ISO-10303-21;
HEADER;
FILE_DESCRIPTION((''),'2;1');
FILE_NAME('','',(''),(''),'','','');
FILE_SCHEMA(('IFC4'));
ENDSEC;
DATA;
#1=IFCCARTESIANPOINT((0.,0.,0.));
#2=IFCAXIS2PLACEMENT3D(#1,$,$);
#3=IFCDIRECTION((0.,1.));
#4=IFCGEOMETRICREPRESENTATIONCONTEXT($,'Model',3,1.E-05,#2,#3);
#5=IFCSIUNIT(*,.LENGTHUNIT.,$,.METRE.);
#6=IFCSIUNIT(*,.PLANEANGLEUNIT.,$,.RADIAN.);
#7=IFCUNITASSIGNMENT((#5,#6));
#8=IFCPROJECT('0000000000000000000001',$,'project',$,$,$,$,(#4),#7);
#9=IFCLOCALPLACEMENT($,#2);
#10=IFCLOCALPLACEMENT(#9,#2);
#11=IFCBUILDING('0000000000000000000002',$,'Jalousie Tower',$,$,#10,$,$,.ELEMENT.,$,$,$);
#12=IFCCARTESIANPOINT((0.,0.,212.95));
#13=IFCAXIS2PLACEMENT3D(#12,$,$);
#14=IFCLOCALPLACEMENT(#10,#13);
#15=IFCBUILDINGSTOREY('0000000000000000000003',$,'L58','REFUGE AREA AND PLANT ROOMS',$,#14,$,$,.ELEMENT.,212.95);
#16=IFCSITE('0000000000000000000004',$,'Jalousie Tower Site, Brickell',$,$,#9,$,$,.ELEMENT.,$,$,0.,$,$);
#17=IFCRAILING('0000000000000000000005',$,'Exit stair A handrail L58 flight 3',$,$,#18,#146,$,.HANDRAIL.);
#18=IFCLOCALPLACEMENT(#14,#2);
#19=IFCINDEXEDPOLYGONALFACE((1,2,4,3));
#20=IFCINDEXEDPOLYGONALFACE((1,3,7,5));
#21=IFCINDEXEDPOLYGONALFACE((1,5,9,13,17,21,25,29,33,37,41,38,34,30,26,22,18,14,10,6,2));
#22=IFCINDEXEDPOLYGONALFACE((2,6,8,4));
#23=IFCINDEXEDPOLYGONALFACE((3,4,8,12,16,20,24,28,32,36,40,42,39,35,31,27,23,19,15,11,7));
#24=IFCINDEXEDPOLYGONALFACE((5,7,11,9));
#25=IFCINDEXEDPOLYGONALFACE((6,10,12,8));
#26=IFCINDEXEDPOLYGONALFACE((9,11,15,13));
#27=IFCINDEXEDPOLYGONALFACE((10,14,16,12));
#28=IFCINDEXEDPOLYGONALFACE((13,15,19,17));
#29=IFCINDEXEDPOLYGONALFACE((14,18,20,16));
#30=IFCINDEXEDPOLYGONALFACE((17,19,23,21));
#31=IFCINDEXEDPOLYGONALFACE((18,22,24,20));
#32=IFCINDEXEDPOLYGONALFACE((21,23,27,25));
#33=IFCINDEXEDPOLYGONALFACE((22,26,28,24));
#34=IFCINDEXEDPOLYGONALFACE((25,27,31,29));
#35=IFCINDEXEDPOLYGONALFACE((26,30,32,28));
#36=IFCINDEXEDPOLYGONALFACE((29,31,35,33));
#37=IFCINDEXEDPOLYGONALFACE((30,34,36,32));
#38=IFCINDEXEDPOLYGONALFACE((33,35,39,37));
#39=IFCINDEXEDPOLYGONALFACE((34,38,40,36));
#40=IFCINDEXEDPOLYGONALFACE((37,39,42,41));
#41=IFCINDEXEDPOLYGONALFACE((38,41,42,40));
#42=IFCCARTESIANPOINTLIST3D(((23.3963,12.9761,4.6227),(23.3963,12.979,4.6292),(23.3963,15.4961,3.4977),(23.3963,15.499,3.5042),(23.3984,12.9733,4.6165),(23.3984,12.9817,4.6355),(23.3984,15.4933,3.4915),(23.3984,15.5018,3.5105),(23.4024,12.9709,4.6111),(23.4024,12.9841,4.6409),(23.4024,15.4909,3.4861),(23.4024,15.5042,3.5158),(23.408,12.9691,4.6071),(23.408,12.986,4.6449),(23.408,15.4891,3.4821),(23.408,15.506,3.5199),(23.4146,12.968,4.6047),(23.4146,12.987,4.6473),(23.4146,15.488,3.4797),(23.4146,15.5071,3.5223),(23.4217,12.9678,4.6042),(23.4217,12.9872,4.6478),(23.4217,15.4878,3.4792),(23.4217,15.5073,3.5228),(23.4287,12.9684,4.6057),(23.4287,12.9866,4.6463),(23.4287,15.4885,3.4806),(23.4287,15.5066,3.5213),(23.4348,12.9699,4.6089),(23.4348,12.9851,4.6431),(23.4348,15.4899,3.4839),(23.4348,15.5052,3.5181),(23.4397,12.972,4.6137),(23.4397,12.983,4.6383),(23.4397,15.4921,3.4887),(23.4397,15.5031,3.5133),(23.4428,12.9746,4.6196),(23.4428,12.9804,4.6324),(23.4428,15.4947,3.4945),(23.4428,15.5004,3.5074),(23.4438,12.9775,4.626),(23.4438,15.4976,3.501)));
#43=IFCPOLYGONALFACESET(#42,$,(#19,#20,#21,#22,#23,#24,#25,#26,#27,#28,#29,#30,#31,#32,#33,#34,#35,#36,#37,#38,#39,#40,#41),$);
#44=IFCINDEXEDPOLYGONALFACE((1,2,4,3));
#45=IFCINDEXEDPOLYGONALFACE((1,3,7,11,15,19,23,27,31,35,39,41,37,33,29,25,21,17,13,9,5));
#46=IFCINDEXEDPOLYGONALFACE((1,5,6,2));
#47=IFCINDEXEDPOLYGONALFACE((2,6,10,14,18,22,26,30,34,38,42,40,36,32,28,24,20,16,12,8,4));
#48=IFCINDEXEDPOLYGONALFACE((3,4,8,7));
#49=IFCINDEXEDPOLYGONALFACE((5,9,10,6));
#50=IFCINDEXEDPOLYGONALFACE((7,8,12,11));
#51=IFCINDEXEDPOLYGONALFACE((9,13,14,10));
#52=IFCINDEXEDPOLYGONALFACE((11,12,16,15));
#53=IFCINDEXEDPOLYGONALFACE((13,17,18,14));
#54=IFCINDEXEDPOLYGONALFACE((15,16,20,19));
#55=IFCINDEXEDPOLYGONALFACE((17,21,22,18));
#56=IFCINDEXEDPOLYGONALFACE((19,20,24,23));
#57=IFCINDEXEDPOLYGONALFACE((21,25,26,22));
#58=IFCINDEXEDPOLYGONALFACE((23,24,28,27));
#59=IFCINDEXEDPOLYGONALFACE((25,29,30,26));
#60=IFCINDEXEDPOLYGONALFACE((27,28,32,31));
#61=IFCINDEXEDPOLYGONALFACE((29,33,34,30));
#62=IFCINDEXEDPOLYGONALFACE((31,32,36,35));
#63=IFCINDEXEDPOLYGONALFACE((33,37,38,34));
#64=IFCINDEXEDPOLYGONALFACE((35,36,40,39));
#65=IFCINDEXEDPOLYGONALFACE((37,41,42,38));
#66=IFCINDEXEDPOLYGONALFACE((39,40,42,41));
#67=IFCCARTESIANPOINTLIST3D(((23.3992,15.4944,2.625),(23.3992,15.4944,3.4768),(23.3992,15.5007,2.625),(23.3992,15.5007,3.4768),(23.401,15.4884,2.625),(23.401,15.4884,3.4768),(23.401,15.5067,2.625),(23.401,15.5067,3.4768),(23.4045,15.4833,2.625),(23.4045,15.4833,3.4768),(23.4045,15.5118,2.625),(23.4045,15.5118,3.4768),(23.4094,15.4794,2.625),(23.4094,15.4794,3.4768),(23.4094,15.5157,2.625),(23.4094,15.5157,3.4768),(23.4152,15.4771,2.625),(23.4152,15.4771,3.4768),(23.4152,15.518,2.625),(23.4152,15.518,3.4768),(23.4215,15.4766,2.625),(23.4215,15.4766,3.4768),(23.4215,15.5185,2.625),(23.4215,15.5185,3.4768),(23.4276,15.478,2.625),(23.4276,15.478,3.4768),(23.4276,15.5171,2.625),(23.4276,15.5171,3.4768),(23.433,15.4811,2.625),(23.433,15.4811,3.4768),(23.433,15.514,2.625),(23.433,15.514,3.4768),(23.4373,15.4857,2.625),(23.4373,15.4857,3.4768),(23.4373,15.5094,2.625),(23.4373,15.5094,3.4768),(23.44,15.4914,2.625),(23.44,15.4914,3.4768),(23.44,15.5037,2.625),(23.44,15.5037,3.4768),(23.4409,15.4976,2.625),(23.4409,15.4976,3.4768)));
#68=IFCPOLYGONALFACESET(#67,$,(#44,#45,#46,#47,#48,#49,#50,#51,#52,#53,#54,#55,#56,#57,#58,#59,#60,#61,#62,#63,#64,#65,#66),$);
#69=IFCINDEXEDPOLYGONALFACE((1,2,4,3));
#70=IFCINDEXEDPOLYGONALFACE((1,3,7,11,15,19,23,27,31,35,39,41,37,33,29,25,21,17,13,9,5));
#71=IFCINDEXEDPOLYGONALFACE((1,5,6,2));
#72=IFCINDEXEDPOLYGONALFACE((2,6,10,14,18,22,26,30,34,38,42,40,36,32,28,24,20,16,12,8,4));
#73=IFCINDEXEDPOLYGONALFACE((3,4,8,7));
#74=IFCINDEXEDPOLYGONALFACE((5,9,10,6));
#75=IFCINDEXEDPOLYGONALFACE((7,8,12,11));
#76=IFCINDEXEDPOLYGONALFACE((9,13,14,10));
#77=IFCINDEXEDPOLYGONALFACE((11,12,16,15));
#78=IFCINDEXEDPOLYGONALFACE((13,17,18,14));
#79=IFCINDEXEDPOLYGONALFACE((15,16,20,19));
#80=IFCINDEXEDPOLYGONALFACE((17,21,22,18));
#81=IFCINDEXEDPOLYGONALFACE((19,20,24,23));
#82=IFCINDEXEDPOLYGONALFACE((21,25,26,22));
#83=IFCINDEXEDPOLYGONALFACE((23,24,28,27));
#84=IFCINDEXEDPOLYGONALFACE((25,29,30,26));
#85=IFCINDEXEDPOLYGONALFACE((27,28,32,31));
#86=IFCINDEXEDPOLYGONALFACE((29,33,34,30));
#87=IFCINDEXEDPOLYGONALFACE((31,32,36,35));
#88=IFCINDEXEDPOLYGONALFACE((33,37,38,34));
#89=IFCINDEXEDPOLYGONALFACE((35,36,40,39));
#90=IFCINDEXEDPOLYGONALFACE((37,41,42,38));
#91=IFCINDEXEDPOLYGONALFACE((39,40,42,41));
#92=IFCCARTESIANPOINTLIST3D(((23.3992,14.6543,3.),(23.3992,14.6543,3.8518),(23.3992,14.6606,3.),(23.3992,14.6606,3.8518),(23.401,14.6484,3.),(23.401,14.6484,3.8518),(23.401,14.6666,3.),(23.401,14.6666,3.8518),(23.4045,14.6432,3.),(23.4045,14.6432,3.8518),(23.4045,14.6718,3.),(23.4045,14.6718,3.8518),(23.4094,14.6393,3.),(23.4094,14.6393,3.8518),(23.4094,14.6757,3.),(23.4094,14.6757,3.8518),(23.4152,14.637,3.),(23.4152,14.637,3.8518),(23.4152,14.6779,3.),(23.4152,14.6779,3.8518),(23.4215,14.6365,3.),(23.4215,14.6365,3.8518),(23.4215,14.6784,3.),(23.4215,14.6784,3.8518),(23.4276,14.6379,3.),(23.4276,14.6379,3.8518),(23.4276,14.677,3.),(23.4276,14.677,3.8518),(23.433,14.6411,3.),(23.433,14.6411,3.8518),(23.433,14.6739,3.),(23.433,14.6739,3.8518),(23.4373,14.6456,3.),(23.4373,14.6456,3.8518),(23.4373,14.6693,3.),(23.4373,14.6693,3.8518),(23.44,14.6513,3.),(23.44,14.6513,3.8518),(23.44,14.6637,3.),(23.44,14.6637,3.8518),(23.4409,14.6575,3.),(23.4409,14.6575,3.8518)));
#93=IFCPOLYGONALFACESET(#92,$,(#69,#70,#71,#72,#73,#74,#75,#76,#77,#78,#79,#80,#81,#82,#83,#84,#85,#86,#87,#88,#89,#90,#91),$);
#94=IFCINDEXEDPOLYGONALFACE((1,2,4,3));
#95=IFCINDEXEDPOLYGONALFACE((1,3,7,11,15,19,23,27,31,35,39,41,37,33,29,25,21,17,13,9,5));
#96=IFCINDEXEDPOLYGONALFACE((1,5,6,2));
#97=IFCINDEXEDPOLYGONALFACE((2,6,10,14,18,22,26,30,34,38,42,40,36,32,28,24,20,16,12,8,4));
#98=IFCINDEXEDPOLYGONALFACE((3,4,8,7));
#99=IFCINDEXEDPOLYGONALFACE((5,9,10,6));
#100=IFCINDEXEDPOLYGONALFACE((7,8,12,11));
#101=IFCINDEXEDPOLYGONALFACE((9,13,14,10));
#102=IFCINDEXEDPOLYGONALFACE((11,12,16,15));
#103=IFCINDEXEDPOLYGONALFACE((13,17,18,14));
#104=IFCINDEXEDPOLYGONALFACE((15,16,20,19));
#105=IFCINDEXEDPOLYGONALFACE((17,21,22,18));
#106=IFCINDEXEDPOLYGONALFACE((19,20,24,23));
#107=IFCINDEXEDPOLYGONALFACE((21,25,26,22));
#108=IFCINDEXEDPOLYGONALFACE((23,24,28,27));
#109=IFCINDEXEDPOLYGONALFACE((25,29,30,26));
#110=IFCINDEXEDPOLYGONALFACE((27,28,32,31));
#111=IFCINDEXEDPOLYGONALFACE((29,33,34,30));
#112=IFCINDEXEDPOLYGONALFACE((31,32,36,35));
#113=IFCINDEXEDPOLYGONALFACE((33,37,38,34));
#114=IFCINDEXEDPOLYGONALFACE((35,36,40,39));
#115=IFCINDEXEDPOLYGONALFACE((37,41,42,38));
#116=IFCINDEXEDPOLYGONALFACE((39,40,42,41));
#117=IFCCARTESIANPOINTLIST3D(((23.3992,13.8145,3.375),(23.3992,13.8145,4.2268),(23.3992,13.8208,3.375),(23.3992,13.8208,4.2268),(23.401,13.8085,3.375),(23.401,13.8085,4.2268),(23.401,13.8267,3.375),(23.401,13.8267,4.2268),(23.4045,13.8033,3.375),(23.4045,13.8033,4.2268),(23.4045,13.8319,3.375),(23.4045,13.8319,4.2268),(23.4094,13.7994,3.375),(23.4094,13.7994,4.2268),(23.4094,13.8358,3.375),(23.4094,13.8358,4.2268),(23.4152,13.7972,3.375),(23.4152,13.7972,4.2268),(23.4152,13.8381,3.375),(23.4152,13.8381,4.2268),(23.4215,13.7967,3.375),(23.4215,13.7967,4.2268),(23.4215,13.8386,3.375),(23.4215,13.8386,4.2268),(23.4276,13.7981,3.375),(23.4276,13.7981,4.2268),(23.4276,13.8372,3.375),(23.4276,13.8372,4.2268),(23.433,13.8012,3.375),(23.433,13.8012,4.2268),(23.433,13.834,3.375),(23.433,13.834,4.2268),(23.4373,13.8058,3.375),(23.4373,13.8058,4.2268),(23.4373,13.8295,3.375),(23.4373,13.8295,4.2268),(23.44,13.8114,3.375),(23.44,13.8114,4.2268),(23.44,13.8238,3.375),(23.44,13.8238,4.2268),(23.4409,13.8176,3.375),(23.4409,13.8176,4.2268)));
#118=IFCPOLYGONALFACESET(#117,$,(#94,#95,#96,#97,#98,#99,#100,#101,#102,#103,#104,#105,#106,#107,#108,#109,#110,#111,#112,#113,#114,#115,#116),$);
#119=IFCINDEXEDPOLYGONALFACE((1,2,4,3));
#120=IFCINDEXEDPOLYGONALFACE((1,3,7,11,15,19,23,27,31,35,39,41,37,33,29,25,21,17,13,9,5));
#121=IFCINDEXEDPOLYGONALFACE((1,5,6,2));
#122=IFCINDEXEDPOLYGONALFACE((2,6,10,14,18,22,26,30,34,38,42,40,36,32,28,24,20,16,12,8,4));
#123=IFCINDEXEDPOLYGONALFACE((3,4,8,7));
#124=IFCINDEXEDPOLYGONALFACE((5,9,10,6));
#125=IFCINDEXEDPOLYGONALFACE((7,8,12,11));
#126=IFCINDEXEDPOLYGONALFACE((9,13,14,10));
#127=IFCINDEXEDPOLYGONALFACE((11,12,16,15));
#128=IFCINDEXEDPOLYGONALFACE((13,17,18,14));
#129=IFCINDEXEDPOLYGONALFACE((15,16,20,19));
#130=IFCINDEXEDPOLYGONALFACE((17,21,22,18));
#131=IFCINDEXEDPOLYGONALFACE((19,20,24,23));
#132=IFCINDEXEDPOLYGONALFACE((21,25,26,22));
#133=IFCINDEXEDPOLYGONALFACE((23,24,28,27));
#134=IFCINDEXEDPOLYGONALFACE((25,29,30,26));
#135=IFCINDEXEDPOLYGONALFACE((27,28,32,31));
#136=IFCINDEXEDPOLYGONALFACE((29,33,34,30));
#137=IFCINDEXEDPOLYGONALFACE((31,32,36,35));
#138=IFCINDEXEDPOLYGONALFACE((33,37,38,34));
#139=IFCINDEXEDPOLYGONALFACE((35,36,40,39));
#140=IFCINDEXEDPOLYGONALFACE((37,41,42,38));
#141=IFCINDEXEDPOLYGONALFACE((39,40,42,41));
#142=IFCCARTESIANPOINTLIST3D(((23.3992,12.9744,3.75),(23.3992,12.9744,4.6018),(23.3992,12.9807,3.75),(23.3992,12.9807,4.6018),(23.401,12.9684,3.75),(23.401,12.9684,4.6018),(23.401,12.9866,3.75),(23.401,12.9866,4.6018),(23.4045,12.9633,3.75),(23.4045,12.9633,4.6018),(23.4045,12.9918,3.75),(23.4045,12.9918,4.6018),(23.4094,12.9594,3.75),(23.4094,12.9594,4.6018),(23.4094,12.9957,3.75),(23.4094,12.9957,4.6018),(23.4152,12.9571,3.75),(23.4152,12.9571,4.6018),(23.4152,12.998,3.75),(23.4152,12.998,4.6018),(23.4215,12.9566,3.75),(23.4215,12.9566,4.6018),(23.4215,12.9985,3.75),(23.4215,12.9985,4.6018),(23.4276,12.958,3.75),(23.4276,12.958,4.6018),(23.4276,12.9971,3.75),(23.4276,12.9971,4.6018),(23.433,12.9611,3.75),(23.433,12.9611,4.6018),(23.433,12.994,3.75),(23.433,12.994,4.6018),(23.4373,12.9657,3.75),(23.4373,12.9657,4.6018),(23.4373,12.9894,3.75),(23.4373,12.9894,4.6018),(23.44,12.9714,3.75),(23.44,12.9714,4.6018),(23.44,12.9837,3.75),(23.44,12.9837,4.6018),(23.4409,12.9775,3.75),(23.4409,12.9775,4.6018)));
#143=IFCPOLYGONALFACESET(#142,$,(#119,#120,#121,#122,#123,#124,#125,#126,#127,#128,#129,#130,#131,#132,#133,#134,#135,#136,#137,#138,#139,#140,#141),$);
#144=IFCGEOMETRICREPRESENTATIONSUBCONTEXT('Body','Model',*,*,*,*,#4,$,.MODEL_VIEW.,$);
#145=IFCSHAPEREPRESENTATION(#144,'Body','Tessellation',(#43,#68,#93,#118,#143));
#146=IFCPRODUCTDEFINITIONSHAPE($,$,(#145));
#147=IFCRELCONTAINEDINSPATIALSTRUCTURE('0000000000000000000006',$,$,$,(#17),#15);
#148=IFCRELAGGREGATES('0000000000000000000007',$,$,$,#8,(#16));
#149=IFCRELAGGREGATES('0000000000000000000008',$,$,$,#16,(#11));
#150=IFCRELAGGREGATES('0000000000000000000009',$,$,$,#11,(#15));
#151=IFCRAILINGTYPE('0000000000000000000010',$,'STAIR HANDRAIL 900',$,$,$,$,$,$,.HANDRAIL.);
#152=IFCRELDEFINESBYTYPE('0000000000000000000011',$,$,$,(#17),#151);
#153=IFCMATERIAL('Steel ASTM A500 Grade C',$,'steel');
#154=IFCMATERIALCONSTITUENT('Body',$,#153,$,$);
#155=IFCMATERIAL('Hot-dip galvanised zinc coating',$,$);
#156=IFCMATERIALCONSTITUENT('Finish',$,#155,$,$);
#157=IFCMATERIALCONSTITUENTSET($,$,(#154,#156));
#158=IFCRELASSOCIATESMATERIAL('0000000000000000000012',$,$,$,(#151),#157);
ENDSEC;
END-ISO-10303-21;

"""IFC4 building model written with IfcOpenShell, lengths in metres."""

from ifc_helpers import new_model, si_unit, direction, frame, origin, origin_2d, place, context, subcontext, project, spatial, circle, extrude, material, constituent, constituent_set, type_object, element, save


model = new_model("IFC4")

# Units and contexts
model_context = context("Model", 3, precision=1e-05, world=origin(), true_north=direction((0.0, 1.0)))
body_context = subcontext(model_context, "Body", "Model", "MODEL_VIEW")
ifc_project = project(units=[si_unit("LENGTHUNIT", "METRE"), si_unit("PLANEANGLEUNIT", "RADIAN")], contexts=[model_context])

# Site, building, storey
site_placement = place(None, origin())
site = spatial("IfcSite", under=ifc_project, at=site_placement, Name="Jalousie Tower Site, Brickell", CompositionType="ELEMENT", RefElevation=0.0)
building_placement = place(site_placement, origin())
building = spatial("IfcBuilding", under=site, at=building_placement, Name="Jalousie Tower", CompositionType="ELEMENT")
storey_placement = place(building_placement, frame((0.0, 0.0, 212.95)))
storey = spatial("IfcBuildingStorey", under=building, at=storey_placement, Name="L58", Description="REFUGE AREA AND PLANT ROOMS", CompositionType="ELEMENT", Elevation=212.95)

# Railing
ifc_material_1 = material(Name="Steel ASTM A500 Grade C", Category="steel")
ifc_constituent_1 = constituent(ifc_material_1, Name="Body")
ifc_material_2 = material(Name="Hot-dip galvanised zinc coating")
ifc_constituent_2 = constituent(ifc_material_2, Name="Finish")
ifc_constituent_set_1 = constituent_set(constituents=[ifc_constituent_1, ifc_constituent_2])
railing_type_1 = type_object("IfcRailingType", Name="STAIR HANDRAIL 900", PredefinedType="HANDRAIL", material=ifc_constituent_set_1)
for number, where, name in (
    (1, (23.4199, 15.4976, 2.625), "Exit stair A handrail L58 flight 3"),
):
    element("IfcRailing", number, at=place(storey_placement, frame(where)), inside=storey, type_object=railing_type_1, Name=name, PredefinedType="HANDRAIL", context=body_context, shape_type="SweptSolid", body=[
        extrude(circle(Radius=0.0239, at=origin_2d()), frame((0.0, 0.0, 0.876), z_axis=(0.0, -0.913139, 0.407648), x_axis=(1.0, 0.0, 0.0)), (0.0, 0.0, 1.0), 2.7598),
        extrude(circle(Radius=0.021, at=origin_2d()), origin(), (0.0, 0.0, 1.0), 0.8518),
        extrude(circle(Radius=0.021, at=origin_2d()), frame((0.0, -0.8401, 0.375)), (0.0, 0.0, 1.0), 0.8518),
        extrude(circle(Radius=0.021, at=origin_2d()), frame((0.0, -1.6799, 0.75)), (0.0, 0.0, 1.0), 0.8518),
        extrude(circle(Radius=0.021, at=origin_2d()), frame((0.0, -2.52, 1.125)), (0.0, 0.0, 1.0), 0.8518),
    ])

save(model, "model.ifc")
